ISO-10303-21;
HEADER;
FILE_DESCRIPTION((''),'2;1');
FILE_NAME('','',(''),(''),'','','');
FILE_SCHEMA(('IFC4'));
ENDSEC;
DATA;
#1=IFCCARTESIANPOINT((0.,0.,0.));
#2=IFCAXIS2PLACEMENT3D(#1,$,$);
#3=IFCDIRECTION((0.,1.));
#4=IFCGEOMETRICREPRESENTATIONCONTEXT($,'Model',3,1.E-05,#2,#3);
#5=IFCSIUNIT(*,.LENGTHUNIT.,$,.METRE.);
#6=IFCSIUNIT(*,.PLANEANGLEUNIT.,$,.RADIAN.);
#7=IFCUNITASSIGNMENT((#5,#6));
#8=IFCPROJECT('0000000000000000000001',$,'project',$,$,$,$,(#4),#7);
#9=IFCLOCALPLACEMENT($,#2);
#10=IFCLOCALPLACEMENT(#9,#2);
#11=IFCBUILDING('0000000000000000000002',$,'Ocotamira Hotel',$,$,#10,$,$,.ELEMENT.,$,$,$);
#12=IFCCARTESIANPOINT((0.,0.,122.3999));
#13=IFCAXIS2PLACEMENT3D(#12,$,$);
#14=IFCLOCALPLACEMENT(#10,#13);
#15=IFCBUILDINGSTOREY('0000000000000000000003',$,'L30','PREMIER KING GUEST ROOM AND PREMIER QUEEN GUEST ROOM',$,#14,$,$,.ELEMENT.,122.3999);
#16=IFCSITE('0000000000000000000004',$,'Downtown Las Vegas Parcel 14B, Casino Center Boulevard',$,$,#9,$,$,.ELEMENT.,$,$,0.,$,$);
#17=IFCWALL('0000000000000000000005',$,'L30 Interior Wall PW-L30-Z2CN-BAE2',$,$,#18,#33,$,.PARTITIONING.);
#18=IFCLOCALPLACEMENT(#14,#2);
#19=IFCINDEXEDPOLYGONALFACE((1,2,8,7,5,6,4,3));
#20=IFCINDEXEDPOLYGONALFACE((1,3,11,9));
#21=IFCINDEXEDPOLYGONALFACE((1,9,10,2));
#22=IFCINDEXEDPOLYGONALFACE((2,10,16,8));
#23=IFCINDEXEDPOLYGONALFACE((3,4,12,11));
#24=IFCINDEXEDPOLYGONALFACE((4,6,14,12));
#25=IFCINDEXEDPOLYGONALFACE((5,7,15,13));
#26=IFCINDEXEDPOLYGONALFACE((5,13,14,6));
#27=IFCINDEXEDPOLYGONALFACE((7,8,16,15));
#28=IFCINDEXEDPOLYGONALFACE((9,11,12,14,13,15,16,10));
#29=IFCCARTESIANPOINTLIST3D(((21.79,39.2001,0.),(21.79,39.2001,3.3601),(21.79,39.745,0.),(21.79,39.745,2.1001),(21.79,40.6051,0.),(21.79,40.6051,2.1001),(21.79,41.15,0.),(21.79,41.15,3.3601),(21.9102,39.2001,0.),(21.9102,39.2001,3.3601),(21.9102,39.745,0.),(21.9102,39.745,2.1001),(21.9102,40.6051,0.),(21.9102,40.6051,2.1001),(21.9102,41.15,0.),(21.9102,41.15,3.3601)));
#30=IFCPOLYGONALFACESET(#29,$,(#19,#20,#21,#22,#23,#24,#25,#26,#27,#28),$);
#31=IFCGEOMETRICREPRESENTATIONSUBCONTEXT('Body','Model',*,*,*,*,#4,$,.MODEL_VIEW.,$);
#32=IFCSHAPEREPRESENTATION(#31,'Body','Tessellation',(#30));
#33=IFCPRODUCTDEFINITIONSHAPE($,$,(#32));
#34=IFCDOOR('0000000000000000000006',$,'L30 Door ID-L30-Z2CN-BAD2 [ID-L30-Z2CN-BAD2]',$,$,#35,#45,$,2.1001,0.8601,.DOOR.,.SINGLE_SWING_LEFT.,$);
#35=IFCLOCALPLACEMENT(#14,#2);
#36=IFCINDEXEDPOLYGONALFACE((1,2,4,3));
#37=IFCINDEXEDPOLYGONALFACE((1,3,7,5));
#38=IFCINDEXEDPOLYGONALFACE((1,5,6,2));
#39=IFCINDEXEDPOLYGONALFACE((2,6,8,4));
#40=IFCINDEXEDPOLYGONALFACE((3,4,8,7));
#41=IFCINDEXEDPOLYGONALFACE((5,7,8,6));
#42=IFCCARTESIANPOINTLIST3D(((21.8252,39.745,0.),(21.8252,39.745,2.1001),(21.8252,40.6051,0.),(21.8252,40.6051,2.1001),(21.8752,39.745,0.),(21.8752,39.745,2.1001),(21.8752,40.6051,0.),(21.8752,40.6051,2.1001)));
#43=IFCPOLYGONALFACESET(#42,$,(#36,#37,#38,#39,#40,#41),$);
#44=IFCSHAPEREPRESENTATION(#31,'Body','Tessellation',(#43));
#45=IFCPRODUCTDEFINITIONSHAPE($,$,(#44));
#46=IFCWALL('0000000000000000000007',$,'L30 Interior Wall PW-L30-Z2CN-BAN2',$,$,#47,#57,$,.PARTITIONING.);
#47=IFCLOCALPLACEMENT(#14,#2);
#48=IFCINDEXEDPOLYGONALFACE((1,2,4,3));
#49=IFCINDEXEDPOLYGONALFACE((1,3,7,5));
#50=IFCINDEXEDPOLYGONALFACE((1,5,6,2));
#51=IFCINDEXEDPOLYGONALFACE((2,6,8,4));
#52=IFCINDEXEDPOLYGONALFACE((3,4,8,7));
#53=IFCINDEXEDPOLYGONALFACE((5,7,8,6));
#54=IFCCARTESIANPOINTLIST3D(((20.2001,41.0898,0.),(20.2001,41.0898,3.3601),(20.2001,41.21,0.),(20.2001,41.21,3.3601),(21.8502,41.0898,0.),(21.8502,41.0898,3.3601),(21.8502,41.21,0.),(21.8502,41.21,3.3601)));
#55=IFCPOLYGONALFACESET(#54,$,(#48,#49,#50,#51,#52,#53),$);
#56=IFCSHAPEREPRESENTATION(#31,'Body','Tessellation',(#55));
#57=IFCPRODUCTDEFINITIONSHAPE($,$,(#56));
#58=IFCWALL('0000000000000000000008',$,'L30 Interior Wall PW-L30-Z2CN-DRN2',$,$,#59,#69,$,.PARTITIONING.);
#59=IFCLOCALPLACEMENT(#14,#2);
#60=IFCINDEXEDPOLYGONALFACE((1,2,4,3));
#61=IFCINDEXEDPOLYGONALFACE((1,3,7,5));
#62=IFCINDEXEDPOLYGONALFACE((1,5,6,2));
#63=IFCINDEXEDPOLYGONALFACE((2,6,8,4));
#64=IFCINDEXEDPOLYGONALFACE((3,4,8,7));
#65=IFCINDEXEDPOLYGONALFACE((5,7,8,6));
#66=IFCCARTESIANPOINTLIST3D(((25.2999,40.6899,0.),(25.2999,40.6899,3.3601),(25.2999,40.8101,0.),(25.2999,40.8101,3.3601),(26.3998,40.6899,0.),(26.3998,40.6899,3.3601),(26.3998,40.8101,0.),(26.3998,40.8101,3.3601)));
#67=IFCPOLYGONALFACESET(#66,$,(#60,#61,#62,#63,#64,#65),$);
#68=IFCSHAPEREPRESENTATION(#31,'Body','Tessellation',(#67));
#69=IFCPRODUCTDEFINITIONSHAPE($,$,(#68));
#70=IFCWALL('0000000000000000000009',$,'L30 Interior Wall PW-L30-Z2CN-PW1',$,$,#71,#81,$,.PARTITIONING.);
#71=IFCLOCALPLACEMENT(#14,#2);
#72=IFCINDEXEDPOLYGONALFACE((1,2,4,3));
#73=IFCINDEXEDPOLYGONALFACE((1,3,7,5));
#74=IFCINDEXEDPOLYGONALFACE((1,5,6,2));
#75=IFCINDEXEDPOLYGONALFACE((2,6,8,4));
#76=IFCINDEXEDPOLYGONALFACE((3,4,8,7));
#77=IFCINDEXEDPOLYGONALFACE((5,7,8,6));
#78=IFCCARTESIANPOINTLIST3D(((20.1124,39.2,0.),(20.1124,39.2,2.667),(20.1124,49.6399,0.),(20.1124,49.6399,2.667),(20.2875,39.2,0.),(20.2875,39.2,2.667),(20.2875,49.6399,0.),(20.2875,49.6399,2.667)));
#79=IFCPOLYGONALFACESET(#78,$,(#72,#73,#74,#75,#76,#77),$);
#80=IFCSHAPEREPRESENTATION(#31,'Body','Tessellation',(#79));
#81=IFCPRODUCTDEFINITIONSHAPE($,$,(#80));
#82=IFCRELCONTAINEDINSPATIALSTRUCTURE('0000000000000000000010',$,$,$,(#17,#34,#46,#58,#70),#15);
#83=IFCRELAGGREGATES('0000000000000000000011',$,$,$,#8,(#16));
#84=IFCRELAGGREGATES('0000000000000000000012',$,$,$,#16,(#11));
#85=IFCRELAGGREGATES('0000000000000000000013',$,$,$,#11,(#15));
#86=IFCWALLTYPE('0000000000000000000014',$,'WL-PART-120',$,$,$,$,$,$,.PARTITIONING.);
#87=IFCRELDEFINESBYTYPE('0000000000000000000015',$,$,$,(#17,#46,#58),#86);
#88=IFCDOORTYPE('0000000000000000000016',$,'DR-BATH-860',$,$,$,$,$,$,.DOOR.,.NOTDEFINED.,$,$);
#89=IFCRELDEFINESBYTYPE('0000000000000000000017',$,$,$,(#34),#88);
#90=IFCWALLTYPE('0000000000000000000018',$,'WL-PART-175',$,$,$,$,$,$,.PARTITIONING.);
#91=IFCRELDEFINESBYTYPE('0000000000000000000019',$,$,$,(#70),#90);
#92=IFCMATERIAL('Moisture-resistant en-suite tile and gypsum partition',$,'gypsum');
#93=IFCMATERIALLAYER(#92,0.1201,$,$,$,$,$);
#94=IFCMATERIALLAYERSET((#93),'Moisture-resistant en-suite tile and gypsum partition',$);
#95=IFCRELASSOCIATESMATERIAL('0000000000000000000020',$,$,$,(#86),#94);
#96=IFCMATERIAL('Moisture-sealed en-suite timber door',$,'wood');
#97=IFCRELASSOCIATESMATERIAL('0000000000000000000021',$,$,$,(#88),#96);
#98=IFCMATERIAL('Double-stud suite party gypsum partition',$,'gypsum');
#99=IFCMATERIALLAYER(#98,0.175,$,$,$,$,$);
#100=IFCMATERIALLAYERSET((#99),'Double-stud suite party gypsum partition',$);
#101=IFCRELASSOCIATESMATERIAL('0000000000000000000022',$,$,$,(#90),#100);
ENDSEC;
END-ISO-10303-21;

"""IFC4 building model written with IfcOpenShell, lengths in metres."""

from ifc_helpers import new_model, si_unit, direction, frame, frame_2d, origin, place, context, subcontext, project, spatial, rectangle, extrude, source, transform, mapped, material, layer, layer_set, type_object, element, fill, save


model = new_model("IFC4")

# Units and contexts
model_context = context("Model", 3, precision=1e-05, world=origin(), true_north=direction((0.0, 1.0)))
body_context = subcontext(model_context, "Body", "Model", "MODEL_VIEW")
ifc_project = project(units=[si_unit("LENGTHUNIT", "METRE"), si_unit("PLANEANGLEUNIT", "RADIAN")], contexts=[model_context])

# Site, building, storey
site_placement = place(None, origin())
site = spatial("IfcSite", under=ifc_project, at=site_placement, Name="Downtown Las Vegas Parcel 14B, Casino Center Boulevard", CompositionType="ELEMENT", RefElevation=0.0)
building_placement = place(site_placement, origin())
building = spatial("IfcBuilding", under=site, at=building_placement, Name="Ocotamira Hotel", CompositionType="ELEMENT")
storey_placement = place(building_placement, frame((0.0, 0.0, 122.3999)))
storey = spatial("IfcBuildingStorey", under=building, at=storey_placement, Name="L30", Description="PREMIER KING GUEST ROOM AND PREMIER QUEEN GUEST ROOM", CompositionType="ELEMENT", Elevation=122.3999)

# Shared definitions
ifc_material_1 = material(Name="Moisture-resistant en-suite tile and gypsum partition", Category="gypsum")
ifc_layer_1 = layer(ifc_material_1, 0.1201)
ifc_layer_set_1 = layer_set([ifc_layer_1], Name="Moisture-resistant en-suite tile and gypsum partition")
wall_type_1 = type_object("IfcWallType", Name="WL-PART-120", PredefinedType="PARTITIONING", material=ifc_layer_set_1)

# Wall, opening, door
wall_1_placement = place(storey_placement, frame((21.8501, 39.2, 0.0), z_axis=(0.0, 0.0, 1.0), x_axis=(0.0, 1.0, 0.0)))
wall_1 = element("IfcWall", 1, at=wall_1_placement, inside=storey, type_object=wall_type_1, Name="L30 Interior Wall PW-L30-Z2CN-BAE2", PredefinedType="PARTITIONING", context=body_context, shape_type="SweptSolid", body=[
    extrude(rectangle(XDim=1.95, YDim=0.1201, at=frame_2d((0.9751, 0.0))), origin(), (0.0, 0.0, 1.0), 3.3601),
])
opening_placement = place(wall_1_placement, frame((0.5449, 0.0, 0.0)))
opening = element("IfcOpeningElement", 2, at=opening_placement, cuts=wall_1, PredefinedType="OPENING", context=body_context, shape_type="SweptSolid", body=[
    extrude(rectangle(XDim=0.8601, YDim=2.1001, at=frame_2d((0.4302, 1.05))), frame((0.0, 0.0701, 0.0), z_axis=(0.0, -1.0, 0.0), x_axis=(1.0, 0.0, 0.0)), (0.0, 0.0, 1.0), 0.1401),
])
ifc_material_2 = material(Name="Moisture-sealed en-suite timber door", Category="wood")
door_type = type_object("IfcDoorType", Name="DR-BATH-860", OperationType="NOTDEFINED", PredefinedType="DOOR", material=ifc_material_2)
shared_shape_1 = source(origin(), body_context, "Body", "SweptSolid", [
    extrude(rectangle(XDim=0.8601, YDim=2.1001, at=frame_2d((0.4302, 1.05))), frame((0.0, 0.0249, 0.0), z_axis=(0.0, -1.0, 0.0), x_axis=(1.0, 0.0, 0.0)), (0.0, 0.0, 1.0), 0.05),
])
door_placement = place(opening_placement, origin())
door = element("IfcDoor", 3, at=door_placement, inside=storey, type_object=door_type, Name="L30 Door ID-L30-Z2CN-BAD2 [ID-L30-Z2CN-BAD2]", OperationType="SINGLE_SWING_LEFT", OverallHeight=2.1001, OverallWidth=0.8601, PredefinedType="DOOR", context=body_context, shape_type="MappedRepresentation", body=[
    mapped(shared_shape_1, transform((0.0, 0.0, 0.0), scale=1.0)),
])
fill(opening, door)

# Walls
wall_2_placement = place(storey_placement, frame((20.2, 41.1499, 0.0), z_axis=(0.0, 0.0, 1.0), x_axis=(1.0, 0.0, 0.0)))
element("IfcWall", 4, at=wall_2_placement, inside=storey, type_object=wall_type_1, Name="L30 Interior Wall PW-L30-Z2CN-BAN2", PredefinedType="PARTITIONING", context=body_context, shape_type="SweptSolid", body=[
    extrude(rectangle(XDim=1.6501, YDim=0.1201, at=frame_2d((0.8252, 0.0))), origin(), (0.0, 0.0, 1.0), 3.3601),
])
wall_3_placement = place(storey_placement, frame((25.3, 40.75, 0.0), z_axis=(0.0, 0.0, 1.0), x_axis=(1.0, 0.0, 0.0)))
element("IfcWall", 5, at=wall_3_placement, inside=storey, type_object=wall_type_1, Name="L30 Interior Wall PW-L30-Z2CN-DRN2", PredefinedType="PARTITIONING", context=body_context, shape_type="SweptSolid", body=[
    extrude(rectangle(XDim=1.0999, YDim=0.1201, at=frame_2d((0.5498, 0.0))), origin(), (0.0, 0.0, 1.0), 3.3601),
])
ifc_material_3 = material(Name="Double-stud suite party gypsum partition", Category="gypsum")
ifc_layer_2 = layer(ifc_material_3, 0.175)
ifc_layer_set_2 = layer_set([ifc_layer_2], Name="Double-stud suite party gypsum partition")
wall_type_2 = type_object("IfcWallType", Name="WL-PART-175", PredefinedType="PARTITIONING", material=ifc_layer_set_2)
wall_4_placement = place(storey_placement, frame((20.2, 39.2, 0.0), z_axis=(0.0, 0.0, 1.0), x_axis=(0.0, 1.0, 0.0)))
element("IfcWall", 6, at=wall_4_placement, inside=storey, type_object=wall_type_2, Name="L30 Interior Wall PW-L30-Z2CN-PW1", PredefinedType="PARTITIONING", context=body_context, shape_type="SweptSolid", body=[
    extrude(rectangle(XDim=10.4399, YDim=0.175, at=frame_2d((5.22, 0.0))), origin(), (0.0, 0.0, 1.0), 2.667),
])

save(model, "model.ifc")
